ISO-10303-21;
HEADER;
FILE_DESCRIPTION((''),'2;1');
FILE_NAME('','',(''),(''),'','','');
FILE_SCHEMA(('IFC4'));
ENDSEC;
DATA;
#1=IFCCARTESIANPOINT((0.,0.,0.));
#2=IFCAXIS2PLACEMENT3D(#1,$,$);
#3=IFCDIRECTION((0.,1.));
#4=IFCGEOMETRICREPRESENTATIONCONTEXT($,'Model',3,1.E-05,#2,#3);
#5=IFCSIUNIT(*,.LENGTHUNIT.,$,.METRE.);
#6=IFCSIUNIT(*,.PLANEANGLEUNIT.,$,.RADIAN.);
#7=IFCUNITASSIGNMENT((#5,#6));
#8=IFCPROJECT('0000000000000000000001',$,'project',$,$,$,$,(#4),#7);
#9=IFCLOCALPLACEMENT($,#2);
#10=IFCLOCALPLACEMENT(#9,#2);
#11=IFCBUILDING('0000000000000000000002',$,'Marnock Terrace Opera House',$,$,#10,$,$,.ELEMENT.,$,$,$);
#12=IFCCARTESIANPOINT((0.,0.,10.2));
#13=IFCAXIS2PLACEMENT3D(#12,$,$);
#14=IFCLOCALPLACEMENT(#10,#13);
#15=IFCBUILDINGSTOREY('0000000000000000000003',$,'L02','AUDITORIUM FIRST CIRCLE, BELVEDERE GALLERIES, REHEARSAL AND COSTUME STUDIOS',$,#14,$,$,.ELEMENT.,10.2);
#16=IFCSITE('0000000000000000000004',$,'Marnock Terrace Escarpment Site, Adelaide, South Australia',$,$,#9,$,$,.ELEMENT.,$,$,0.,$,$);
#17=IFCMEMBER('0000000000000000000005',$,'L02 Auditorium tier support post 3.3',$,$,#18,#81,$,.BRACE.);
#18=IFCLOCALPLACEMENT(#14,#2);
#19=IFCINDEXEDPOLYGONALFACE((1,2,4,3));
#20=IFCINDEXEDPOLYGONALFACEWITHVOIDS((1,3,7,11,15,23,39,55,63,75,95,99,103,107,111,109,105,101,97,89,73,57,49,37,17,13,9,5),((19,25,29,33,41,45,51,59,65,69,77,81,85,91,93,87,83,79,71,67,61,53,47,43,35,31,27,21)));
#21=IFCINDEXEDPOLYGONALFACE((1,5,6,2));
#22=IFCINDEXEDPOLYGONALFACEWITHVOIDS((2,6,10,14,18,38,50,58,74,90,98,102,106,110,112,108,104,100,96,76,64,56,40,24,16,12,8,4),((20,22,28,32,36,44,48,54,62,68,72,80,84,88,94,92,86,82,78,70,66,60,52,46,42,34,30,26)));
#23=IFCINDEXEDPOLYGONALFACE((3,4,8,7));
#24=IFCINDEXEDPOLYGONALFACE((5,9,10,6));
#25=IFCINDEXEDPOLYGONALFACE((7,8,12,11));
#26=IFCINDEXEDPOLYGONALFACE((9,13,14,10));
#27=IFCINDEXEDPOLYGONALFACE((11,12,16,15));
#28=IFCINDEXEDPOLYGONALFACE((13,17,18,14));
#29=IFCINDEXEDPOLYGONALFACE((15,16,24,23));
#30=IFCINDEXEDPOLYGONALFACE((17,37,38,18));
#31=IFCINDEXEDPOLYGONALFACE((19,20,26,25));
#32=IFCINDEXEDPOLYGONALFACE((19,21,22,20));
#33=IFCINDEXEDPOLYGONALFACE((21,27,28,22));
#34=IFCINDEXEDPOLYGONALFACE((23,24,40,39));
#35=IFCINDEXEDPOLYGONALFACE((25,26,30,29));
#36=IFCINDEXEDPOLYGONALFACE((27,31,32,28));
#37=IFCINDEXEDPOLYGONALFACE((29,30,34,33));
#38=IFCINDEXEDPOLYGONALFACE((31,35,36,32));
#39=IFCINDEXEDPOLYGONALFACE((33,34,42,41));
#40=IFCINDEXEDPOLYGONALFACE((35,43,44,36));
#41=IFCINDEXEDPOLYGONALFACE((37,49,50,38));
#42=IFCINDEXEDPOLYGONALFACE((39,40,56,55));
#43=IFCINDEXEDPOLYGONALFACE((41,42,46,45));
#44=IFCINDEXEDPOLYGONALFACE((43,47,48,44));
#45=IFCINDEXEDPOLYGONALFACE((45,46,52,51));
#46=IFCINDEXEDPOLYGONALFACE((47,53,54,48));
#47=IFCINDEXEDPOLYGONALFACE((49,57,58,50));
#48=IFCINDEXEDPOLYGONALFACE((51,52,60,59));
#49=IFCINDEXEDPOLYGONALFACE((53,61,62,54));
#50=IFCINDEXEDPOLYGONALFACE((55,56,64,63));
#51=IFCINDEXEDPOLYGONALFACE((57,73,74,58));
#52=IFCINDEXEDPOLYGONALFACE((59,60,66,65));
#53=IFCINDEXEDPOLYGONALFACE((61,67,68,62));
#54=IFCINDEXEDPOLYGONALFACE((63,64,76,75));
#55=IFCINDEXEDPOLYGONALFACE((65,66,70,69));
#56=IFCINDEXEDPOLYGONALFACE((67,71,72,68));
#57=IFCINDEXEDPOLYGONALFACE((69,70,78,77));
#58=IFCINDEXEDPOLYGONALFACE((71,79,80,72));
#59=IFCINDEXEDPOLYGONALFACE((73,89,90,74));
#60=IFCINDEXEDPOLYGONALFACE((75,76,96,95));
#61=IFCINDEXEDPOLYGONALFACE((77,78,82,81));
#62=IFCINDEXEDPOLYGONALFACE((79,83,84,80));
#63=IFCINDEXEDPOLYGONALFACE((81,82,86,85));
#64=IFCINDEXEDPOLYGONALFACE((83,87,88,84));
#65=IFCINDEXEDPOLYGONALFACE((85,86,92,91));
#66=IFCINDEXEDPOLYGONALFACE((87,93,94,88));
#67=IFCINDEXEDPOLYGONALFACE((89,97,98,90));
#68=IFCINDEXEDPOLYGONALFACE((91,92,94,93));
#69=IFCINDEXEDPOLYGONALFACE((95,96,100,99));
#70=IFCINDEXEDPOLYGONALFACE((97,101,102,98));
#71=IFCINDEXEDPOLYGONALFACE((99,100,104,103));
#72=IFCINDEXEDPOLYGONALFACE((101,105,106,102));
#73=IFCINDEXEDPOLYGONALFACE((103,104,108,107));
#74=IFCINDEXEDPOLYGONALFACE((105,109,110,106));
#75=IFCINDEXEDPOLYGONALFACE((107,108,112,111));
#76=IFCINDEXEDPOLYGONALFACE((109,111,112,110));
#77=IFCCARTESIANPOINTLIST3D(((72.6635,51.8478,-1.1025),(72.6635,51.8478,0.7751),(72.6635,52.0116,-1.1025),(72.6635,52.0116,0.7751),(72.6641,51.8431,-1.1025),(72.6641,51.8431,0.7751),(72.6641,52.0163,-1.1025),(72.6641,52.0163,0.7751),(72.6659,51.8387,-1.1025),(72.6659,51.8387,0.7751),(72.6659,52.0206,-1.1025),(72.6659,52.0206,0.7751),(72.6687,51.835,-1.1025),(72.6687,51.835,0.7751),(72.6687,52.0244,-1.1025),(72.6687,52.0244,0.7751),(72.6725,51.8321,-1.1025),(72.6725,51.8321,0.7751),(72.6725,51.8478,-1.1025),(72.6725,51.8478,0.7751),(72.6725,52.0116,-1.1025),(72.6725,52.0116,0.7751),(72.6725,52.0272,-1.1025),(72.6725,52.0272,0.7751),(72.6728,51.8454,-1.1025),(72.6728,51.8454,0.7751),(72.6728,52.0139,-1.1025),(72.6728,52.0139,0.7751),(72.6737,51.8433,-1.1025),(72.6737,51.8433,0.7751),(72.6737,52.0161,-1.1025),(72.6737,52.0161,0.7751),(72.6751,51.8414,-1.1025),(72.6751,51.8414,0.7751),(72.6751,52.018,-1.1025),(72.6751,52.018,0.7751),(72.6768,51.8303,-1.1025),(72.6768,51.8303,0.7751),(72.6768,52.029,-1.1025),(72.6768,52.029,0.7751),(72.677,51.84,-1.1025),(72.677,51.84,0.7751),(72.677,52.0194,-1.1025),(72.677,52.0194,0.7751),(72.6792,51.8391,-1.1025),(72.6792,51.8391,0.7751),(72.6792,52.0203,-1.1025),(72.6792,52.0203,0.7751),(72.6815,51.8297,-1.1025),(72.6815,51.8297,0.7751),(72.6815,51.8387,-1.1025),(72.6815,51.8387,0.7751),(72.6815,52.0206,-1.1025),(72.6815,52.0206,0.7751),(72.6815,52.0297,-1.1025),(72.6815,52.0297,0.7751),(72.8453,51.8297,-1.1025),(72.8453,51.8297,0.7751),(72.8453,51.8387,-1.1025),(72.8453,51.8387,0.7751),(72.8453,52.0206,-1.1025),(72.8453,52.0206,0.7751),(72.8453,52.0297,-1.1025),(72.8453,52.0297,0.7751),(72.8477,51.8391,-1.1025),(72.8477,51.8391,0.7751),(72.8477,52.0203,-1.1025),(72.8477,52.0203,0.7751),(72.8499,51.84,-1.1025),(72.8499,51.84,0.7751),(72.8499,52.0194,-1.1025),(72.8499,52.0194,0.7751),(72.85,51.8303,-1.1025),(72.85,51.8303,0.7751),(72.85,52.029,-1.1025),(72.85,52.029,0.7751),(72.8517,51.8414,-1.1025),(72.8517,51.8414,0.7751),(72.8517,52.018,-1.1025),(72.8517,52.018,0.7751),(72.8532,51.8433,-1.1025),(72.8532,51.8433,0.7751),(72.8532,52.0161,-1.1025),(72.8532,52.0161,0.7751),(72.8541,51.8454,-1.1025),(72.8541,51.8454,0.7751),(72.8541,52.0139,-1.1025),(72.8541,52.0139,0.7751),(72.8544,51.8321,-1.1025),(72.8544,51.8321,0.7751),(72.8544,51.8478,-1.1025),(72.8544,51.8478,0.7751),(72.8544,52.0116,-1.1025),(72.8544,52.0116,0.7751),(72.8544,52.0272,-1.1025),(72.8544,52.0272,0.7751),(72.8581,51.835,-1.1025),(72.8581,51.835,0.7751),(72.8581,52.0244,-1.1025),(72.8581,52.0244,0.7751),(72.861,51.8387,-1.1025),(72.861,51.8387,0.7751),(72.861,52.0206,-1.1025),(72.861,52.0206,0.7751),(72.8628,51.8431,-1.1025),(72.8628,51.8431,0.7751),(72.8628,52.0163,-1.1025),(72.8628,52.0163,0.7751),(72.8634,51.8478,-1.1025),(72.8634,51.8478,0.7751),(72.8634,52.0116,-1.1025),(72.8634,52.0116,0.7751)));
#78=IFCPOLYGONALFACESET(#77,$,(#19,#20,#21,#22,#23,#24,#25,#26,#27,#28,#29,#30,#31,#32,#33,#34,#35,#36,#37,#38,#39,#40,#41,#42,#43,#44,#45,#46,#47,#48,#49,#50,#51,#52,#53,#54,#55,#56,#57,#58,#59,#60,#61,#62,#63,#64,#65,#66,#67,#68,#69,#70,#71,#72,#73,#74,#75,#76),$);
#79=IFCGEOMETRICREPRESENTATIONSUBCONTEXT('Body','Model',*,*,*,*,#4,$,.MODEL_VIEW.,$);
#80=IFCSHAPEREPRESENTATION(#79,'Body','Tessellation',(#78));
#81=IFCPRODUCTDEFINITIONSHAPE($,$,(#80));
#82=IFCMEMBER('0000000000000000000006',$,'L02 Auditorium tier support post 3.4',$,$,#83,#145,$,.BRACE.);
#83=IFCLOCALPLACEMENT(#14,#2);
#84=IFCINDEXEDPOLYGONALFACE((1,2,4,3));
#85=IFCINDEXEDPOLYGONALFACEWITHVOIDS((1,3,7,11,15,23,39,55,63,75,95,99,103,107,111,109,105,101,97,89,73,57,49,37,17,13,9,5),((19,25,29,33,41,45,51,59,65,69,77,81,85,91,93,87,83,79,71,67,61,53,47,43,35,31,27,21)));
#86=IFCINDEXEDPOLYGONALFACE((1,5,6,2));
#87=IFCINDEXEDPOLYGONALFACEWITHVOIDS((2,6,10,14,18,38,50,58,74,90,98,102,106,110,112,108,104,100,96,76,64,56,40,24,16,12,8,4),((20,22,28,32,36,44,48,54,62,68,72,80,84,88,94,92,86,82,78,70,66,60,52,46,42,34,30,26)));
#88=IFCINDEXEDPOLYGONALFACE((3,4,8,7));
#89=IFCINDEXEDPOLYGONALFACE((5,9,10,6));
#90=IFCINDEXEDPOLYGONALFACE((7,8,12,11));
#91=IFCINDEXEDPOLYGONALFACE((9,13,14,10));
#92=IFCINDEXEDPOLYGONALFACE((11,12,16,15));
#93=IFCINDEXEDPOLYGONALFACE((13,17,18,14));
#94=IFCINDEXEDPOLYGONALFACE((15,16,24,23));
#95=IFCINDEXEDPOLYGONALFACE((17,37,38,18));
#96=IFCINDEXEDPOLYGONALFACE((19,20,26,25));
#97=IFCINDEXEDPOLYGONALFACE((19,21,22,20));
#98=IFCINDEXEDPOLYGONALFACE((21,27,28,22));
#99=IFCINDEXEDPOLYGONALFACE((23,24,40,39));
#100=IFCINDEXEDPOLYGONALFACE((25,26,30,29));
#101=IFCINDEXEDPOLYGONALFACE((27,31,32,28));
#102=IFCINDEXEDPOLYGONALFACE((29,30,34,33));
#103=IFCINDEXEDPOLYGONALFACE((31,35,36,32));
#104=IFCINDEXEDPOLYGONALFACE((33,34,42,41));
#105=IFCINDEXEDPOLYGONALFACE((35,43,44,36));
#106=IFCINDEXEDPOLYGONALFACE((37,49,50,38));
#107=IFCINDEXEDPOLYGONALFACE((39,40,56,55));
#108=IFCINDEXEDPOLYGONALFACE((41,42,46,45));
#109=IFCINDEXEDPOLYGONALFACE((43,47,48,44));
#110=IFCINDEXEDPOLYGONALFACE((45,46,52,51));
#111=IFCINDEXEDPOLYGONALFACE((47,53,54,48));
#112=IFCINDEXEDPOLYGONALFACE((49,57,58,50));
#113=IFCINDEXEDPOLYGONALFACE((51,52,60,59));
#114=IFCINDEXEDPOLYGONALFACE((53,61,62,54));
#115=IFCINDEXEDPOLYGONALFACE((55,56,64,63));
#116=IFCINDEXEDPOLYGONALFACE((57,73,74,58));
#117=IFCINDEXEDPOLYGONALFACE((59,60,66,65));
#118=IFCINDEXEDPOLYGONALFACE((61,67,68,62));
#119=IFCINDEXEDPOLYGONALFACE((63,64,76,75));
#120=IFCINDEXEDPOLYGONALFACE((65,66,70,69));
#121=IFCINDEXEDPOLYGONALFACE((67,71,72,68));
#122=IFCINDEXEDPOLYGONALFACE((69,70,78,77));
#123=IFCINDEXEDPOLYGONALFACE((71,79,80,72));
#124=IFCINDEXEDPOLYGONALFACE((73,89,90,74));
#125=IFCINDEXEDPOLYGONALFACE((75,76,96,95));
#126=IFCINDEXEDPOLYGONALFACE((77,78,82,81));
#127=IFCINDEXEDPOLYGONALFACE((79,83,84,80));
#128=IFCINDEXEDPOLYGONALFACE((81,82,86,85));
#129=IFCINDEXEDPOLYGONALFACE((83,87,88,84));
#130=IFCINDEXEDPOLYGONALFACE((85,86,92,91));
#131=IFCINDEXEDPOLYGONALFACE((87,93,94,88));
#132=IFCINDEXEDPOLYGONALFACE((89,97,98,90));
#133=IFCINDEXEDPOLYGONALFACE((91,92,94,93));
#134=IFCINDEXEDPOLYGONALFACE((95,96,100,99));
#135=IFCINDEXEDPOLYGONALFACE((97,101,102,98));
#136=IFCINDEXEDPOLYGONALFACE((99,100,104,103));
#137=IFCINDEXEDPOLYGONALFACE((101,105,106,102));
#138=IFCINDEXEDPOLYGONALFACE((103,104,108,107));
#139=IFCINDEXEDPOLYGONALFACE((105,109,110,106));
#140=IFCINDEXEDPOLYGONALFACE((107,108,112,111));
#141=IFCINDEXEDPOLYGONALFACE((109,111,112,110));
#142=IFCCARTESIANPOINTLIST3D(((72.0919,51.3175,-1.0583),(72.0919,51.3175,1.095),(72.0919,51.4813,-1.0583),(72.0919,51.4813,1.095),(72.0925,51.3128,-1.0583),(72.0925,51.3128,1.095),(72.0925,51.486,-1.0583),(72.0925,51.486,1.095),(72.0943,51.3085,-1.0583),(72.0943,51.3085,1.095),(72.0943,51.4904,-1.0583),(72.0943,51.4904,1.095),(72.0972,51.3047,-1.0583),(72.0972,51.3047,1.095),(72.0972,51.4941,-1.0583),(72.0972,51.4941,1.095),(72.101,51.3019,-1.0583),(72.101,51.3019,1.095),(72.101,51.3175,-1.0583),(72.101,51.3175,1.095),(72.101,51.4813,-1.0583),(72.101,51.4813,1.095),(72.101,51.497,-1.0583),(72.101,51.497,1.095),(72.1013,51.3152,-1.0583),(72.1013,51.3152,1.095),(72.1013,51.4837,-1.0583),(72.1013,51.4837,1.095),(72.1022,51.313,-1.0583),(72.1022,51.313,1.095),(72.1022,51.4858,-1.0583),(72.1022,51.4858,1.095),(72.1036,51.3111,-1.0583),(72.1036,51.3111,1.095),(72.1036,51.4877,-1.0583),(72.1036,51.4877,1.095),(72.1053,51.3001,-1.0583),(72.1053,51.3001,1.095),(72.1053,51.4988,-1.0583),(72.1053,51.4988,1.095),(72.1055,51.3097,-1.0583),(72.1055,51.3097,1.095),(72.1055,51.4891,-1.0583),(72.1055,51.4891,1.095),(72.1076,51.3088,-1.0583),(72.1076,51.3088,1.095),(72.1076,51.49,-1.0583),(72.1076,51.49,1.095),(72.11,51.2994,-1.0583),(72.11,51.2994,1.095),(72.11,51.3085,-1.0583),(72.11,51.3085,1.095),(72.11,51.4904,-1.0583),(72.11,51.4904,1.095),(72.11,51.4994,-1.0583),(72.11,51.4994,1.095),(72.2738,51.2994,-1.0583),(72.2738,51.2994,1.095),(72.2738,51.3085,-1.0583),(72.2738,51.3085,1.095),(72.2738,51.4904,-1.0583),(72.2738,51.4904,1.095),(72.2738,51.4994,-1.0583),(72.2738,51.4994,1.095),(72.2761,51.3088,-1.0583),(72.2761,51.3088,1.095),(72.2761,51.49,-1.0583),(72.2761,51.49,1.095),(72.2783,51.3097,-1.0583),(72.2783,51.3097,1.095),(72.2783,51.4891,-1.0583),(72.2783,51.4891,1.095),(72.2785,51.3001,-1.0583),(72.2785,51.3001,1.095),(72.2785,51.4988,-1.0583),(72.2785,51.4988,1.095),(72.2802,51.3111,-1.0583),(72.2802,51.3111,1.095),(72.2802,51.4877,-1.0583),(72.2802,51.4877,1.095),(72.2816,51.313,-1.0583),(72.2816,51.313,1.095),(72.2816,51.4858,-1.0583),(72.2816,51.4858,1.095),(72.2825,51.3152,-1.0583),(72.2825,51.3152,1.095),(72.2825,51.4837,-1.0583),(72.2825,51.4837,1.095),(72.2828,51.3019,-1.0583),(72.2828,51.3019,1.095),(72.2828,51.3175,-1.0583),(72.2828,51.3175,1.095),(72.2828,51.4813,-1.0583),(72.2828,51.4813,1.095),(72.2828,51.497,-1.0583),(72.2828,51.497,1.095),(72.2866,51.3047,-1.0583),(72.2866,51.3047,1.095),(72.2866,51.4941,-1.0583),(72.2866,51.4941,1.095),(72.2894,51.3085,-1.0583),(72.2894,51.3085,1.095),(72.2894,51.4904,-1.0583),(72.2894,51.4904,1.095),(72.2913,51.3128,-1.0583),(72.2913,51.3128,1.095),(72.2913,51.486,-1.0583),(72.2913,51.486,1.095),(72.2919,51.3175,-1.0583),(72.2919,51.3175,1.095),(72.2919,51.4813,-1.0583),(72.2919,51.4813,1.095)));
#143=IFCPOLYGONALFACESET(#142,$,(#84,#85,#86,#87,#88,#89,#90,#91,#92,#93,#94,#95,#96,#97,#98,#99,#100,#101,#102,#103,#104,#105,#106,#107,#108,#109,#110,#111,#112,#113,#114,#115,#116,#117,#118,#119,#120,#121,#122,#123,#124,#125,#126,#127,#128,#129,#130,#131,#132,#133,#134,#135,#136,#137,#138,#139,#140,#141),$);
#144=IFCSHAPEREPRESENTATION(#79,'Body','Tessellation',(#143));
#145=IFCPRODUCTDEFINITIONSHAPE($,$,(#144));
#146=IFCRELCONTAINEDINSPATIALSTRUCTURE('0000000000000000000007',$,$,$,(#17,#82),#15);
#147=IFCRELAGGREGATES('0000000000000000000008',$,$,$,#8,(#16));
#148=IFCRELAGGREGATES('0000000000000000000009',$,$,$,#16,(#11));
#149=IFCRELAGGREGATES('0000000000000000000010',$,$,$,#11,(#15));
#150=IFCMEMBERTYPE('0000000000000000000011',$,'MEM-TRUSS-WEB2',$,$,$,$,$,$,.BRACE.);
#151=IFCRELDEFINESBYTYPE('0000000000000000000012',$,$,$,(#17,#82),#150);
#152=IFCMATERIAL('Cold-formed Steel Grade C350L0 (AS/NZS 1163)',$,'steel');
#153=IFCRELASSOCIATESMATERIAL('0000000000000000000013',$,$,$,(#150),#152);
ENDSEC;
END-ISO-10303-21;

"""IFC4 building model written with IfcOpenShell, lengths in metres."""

from ifc_helpers import new_model, si_unit, direction, frame, origin, origin_2d, place, context, subcontext, project, spatial, hollow_rectangle, extrude, material, material_profile, profile_set, type_object, element, save


model = new_model("IFC4")

# Units and contexts
model_context = context("Model", 3, precision=1e-05, world=origin(), true_north=direction((0.0, 1.0)))
body_context = subcontext(model_context, "Body", "Model", "MODEL_VIEW")
ifc_project = project(units=[si_unit("LENGTHUNIT", "METRE"), si_unit("PLANEANGLEUNIT", "RADIAN")], contexts=[model_context])

# Site, building, storey
site_placement = place(None, origin())
site = spatial("IfcSite", under=ifc_project, at=site_placement, Name="Marnock Terrace Escarpment Site, Adelaide, South Australia", CompositionType="ELEMENT", RefElevation=0.0)
building_placement = place(site_placement, origin())
building = spatial("IfcBuilding", under=site, at=building_placement, Name="Marnock Terrace Opera House", CompositionType="ELEMENT")
storey_placement = place(building_placement, frame((0.0, 0.0, 10.2)))
storey = spatial("IfcBuildingStorey", under=building, at=storey_placement, Name="L02", Description="AUDITORIUM FIRST CIRCLE, BELVEDERE GALLERIES, REHEARSAL AND COSTUME STUDIOS", CompositionType="ELEMENT", Elevation=10.2)

# Members
ifc_material_1 = material(Name="Cold-formed Steel Grade C350L0 (AS/NZS 1163)", Category="steel")
ifc_material_profile_1 = material_profile(ifc_material_1, hollow_rectangle(XDim=0.2, YDim=0.2, WallThickness=0.009, InnerFilletRadius=0.009, OuterFilletRadius=0.0181, at=origin_2d()))
ifc_profile_set_1 = profile_set([ifc_material_profile_1], Name="Cold-formed Steel Grade C350L0 (AS/NZS 1163)")
member_type = type_object("IfcMemberType", Name="MEM-TRUSS-WEB2", PredefinedType="BRACE", material=ifc_profile_set_1)
member_1_placement = place(storey_placement, frame((72.7634, 51.9297, -1.1025), z_axis=(0.0, 0.0, 1.0), x_axis=(1.0, 0.0, 0.0)))
element("IfcMember", 1, at=member_1_placement, inside=storey, type_object=member_type, Name="L02 Auditorium tier support post 3.3", PredefinedType="BRACE", context=body_context, shape_type="SweptSolid", body=[
    extrude(hollow_rectangle(XDim=0.2, YDim=0.2, WallThickness=0.009, InnerFilletRadius=0.009, OuterFilletRadius=0.0181, at=origin_2d()), origin(), (0.0, 0.0, 1.0), 1.8777),
])
member_2_placement = place(storey_placement, frame((72.1919, 51.3994, -1.0583), z_axis=(0.0, 0.0, 1.0), x_axis=(1.0, 0.0, 0.0)))
element("IfcMember", 2, at=member_2_placement, inside=storey, type_object=member_type, Name="L02 Auditorium tier support post 3.4", PredefinedType="BRACE", context=body_context, shape_type="SweptSolid", body=[
    extrude(hollow_rectangle(XDim=0.2, YDim=0.2, WallThickness=0.009, InnerFilletRadius=0.009, OuterFilletRadius=0.0181, at=origin_2d()), origin(), (0.0, 0.0, 1.0), 2.1533),
])

save(model, "model.ifc")
